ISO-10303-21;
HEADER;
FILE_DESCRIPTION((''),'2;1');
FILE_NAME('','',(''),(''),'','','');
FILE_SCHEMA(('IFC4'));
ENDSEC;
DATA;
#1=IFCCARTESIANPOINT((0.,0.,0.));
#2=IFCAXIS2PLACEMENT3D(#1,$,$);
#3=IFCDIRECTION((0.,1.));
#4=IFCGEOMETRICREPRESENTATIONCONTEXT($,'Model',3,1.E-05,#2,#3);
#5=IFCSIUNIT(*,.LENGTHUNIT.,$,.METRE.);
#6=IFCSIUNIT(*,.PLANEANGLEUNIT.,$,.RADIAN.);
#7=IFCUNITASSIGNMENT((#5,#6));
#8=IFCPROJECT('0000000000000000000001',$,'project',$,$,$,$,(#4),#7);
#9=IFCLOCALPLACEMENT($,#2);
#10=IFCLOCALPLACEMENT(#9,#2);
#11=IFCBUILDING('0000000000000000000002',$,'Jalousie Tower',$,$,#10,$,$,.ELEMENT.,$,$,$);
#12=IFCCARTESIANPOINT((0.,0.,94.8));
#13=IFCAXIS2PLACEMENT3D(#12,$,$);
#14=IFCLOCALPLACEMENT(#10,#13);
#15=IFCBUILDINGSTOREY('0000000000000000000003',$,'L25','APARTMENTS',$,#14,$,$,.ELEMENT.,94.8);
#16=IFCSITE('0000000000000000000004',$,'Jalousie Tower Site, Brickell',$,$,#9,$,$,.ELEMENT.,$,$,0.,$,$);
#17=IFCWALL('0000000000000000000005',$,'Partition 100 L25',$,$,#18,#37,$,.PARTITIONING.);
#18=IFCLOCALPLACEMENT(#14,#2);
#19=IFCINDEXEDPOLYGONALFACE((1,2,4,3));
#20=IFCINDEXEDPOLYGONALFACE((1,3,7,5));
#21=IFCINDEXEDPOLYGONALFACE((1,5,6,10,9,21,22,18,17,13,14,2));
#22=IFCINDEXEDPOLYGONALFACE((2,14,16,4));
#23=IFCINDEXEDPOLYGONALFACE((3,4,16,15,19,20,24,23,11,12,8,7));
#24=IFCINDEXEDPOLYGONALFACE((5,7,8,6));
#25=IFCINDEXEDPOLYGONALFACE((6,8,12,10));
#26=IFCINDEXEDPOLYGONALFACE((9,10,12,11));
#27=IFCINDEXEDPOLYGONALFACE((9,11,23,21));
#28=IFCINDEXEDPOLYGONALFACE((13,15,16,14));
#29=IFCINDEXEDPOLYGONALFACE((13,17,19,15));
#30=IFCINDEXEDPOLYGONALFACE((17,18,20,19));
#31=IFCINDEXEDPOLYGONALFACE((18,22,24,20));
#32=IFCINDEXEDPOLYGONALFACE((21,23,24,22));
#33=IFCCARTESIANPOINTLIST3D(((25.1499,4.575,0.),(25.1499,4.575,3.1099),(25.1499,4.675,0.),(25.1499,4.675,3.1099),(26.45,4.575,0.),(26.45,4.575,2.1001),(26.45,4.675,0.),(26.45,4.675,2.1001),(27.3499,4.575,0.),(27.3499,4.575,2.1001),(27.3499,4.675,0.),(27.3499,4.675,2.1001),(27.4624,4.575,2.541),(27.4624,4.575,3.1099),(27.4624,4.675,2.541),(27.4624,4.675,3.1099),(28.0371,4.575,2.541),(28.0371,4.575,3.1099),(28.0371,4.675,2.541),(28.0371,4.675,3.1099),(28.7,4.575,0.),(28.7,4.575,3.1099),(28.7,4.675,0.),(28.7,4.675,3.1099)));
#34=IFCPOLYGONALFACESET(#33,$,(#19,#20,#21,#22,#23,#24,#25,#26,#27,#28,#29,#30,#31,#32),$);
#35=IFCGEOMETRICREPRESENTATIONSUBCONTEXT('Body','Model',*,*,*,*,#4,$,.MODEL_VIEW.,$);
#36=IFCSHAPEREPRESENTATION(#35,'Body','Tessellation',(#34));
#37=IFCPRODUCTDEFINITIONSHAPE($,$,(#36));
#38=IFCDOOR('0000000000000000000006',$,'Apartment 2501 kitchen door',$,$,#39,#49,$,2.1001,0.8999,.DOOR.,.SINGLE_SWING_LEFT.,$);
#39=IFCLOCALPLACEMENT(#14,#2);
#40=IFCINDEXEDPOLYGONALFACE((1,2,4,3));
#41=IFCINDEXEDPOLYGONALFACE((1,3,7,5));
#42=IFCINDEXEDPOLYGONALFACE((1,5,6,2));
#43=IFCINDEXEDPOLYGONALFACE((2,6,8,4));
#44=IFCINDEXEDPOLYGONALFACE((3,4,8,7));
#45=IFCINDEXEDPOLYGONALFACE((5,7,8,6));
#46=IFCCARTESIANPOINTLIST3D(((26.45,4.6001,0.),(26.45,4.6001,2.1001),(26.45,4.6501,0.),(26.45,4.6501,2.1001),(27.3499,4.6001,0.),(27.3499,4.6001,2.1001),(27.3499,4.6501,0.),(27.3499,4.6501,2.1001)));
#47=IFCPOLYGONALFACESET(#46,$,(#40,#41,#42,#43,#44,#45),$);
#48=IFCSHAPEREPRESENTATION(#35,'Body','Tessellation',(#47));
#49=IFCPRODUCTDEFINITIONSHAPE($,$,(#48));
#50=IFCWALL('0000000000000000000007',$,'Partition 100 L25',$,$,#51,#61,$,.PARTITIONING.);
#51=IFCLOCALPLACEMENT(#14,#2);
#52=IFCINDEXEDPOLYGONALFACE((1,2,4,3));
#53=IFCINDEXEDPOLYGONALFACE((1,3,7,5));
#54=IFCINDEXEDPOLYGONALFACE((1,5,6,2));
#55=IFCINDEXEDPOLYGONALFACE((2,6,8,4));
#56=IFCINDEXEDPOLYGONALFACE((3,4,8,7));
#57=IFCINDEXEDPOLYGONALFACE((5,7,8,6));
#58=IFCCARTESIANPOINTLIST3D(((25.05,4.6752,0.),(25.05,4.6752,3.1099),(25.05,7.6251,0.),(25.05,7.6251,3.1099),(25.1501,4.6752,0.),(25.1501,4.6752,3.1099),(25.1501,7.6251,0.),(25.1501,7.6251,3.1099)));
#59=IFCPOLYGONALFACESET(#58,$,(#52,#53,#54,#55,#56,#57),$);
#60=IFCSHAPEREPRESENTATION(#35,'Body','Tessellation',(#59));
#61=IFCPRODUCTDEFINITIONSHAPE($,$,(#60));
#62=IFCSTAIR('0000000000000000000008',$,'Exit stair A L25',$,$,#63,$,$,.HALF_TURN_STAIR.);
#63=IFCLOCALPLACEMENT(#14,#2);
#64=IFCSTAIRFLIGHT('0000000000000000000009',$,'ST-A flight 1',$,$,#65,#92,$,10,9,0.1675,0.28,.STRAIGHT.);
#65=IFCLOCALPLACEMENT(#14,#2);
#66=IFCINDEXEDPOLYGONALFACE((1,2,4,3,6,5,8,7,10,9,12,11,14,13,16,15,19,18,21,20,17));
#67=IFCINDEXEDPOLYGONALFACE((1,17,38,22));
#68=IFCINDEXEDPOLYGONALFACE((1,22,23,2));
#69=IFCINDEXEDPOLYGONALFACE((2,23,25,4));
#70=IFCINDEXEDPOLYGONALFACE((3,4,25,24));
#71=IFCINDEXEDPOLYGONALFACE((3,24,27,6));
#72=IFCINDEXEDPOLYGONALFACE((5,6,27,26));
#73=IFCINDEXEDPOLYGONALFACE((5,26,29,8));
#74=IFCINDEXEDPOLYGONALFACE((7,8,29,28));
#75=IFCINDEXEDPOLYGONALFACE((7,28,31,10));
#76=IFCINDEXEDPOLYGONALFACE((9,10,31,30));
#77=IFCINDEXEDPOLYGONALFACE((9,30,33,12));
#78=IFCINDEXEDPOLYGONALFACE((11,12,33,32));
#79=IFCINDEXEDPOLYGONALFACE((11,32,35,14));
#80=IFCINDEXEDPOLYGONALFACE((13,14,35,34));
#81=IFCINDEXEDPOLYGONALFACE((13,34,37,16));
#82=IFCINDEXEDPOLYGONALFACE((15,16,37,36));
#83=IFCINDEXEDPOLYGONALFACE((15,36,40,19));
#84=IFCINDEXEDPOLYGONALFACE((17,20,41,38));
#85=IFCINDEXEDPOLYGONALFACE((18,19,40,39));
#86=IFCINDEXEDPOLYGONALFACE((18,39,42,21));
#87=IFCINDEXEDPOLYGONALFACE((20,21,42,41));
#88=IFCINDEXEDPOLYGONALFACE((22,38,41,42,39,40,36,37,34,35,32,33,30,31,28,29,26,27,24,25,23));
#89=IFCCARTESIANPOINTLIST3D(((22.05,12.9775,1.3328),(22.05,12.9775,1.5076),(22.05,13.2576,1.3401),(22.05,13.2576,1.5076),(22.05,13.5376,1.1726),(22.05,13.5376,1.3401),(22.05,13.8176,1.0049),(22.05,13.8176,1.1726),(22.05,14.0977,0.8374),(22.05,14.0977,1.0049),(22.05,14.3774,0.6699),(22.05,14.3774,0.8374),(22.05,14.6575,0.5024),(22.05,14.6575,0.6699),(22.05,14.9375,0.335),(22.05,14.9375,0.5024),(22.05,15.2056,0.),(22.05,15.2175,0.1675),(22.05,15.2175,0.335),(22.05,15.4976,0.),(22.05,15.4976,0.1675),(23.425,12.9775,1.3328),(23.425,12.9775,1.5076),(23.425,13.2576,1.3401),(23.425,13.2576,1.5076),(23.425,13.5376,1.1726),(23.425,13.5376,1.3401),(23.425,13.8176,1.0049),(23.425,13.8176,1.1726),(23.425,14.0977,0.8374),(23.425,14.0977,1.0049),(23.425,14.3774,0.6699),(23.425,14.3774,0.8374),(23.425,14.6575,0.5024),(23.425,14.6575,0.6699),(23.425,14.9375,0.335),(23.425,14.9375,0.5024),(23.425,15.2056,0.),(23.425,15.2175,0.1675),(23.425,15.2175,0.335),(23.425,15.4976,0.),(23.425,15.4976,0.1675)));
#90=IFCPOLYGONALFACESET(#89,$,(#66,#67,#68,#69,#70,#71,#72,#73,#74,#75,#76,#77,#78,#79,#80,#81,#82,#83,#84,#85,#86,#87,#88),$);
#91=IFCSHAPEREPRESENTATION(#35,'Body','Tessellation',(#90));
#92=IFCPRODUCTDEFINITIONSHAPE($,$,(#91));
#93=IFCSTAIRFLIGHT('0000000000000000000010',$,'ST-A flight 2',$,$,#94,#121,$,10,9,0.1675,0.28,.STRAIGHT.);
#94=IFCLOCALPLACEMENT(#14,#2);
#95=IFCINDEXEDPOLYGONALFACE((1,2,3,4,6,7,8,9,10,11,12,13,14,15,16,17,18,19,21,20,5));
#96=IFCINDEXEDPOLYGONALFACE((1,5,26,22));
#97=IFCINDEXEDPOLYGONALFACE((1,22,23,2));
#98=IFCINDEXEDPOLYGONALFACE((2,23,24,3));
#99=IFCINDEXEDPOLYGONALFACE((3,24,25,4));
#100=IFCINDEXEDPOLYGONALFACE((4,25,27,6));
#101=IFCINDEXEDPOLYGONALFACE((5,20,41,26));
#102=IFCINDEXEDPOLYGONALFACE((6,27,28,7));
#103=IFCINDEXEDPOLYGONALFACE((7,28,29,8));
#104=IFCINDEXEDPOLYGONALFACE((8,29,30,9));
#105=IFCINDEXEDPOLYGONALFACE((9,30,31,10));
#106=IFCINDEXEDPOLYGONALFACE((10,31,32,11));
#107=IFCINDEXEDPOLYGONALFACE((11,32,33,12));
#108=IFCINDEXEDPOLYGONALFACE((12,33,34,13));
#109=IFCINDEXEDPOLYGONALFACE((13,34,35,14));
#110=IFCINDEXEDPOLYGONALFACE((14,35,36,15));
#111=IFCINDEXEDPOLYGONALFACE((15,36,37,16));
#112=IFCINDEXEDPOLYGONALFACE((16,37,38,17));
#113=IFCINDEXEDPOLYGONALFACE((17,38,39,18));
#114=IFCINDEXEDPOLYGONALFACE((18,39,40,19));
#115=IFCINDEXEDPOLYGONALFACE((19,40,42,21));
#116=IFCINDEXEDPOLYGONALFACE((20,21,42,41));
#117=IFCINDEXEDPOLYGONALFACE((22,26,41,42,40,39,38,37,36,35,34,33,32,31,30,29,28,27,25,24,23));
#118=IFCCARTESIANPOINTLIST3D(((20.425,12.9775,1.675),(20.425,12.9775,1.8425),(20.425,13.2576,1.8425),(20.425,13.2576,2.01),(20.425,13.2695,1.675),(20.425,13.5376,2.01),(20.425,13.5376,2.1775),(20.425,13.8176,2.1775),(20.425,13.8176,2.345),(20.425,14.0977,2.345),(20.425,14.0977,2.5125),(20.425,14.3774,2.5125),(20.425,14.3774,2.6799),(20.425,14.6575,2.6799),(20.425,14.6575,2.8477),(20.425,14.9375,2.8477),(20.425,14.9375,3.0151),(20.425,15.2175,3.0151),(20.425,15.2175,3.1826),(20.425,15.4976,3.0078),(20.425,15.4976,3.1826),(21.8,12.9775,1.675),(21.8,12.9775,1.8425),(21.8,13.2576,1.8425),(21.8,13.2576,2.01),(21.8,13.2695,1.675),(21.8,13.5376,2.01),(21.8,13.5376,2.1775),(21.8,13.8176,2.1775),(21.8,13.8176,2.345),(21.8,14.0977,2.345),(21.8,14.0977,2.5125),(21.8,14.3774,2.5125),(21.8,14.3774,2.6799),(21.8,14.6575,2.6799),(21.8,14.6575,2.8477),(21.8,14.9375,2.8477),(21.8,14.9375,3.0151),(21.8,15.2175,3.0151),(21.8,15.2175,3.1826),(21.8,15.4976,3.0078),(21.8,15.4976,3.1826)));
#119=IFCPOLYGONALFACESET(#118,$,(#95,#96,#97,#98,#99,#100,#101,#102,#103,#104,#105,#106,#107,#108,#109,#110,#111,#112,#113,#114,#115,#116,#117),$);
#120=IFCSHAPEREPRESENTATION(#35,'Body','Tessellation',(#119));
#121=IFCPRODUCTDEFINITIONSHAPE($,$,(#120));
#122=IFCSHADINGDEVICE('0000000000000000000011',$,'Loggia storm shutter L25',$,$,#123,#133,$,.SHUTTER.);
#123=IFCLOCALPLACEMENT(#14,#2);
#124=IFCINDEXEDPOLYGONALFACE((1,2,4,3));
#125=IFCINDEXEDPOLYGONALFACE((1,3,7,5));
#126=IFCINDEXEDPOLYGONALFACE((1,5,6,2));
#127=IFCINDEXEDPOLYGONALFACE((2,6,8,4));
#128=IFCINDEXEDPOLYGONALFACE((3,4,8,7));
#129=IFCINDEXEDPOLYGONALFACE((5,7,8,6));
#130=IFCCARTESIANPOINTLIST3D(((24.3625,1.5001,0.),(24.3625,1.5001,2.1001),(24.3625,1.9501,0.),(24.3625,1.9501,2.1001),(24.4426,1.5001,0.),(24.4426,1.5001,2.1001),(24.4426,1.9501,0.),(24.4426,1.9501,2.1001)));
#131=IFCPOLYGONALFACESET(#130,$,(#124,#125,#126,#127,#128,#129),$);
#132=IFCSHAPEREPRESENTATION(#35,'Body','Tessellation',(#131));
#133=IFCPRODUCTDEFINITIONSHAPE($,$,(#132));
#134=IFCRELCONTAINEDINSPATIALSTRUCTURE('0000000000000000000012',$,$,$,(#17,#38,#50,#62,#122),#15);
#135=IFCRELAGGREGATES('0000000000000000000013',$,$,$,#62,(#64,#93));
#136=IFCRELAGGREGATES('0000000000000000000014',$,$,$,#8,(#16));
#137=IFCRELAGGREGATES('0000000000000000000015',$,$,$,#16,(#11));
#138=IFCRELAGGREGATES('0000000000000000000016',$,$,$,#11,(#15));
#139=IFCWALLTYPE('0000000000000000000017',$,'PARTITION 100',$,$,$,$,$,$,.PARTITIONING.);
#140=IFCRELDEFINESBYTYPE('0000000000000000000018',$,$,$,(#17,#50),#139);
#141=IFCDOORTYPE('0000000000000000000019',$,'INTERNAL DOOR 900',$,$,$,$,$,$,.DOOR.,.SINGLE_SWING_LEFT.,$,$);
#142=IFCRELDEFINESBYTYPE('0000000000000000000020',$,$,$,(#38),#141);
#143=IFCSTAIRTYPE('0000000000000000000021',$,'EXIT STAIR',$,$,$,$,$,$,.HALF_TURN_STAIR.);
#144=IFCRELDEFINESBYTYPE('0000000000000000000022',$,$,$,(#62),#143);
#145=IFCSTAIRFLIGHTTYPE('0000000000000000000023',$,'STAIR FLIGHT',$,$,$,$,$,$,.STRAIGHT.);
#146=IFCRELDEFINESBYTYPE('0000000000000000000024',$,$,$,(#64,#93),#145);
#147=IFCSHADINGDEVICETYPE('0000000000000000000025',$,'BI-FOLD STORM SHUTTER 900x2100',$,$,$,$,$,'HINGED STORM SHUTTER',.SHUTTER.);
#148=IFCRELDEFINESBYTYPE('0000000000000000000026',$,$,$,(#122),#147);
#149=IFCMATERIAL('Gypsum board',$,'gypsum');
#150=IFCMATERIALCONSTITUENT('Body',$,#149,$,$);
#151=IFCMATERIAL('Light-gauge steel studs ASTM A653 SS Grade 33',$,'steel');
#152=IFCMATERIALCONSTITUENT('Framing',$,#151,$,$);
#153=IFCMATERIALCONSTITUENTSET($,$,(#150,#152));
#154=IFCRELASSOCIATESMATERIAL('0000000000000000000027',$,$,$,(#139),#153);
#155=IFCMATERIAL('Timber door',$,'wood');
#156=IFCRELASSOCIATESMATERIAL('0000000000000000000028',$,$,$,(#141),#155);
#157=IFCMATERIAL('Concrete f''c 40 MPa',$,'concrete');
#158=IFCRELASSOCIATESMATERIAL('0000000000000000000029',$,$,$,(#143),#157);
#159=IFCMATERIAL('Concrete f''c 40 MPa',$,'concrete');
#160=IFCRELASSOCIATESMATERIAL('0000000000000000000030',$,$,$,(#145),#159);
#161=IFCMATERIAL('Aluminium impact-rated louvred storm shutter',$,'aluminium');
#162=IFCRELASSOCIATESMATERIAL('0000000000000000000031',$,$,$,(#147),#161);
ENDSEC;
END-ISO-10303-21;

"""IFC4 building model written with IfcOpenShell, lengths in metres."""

from ifc_helpers import new_model, si_unit, direction, frame, frame_2d, origin, origin_2d, place, context, subcontext, project, spatial, polyline, rectangle, outline, extrude, material, constituent, constituent_set, type_object, element, fill, aggregate, save


model = new_model("IFC4")

# Units and contexts
model_context = context("Model", 3, precision=1e-05, world=origin(), true_north=direction((0.0, 1.0)))
body_context = subcontext(model_context, "Body", "Model", "MODEL_VIEW")
ifc_project = project(units=[si_unit("LENGTHUNIT", "METRE"), si_unit("PLANEANGLEUNIT", "RADIAN")], contexts=[model_context])

# Site, building, storey
site_placement = place(None, origin())
site = spatial("IfcSite", under=ifc_project, at=site_placement, Name="Jalousie Tower Site, Brickell", CompositionType="ELEMENT", RefElevation=0.0)
building_placement = place(site_placement, origin())
building = spatial("IfcBuilding", under=site, at=building_placement, Name="Jalousie Tower", CompositionType="ELEMENT")
storey_placement = place(building_placement, frame((0.0, 0.0, 94.8)))
storey = spatial("IfcBuildingStorey", under=building, at=storey_placement, Name="L25", Description="APARTMENTS", CompositionType="ELEMENT", Elevation=94.8)

# Wall, opening, door
ifc_material_1 = material(Name="Gypsum board", Category="gypsum")
ifc_constituent_1 = constituent(ifc_material_1, Name="Body")
ifc_material_2 = material(Name="Light-gauge steel studs ASTM A653 SS Grade 33", Category="steel")
ifc_constituent_2 = constituent(ifc_material_2, Name="Framing")
ifc_constituent_set_1 = constituent_set(constituents=[ifc_constituent_1, ifc_constituent_2])
wall_type_1 = type_object("IfcWallType", Name="PARTITION 100", PredefinedType="PARTITIONING", material=ifc_constituent_set_1)
wall_1_placement = place(storey_placement, frame((25.1499, 4.625, 0.0), z_axis=(0.0, 0.0, 1.0), x_axis=(1.0, 0.0, 0.0)))
wall_1 = element("IfcWall", 1, at=wall_1_placement, inside=storey, type_object=wall_type_1, Name="Partition 100 L25", PredefinedType="PARTITIONING", context=body_context, shape_type="SweptSolid", body=[
    extrude(outline(polyline([(0.0, 0.0), (3.55, 0.0), (3.55, 3.1099), (2.8872, 3.1099), (2.8872, 2.541), (2.3125, 2.541), (2.3125, 3.1099), (0.0, 3.1099), (0.0, 0.0)])), frame((0.0, 0.05, 0.0), z_axis=(0.0, -1.0, 0.0), x_axis=(1.0, 0.0, 0.0)), (0.0, 0.0, 1.0), 0.1001),
])
opening_1_placement = place(wall_1_placement, frame((1.3, 0.0, 0.0)))
opening_1 = element("IfcOpeningElement", 2, at=opening_1_placement, cuts=wall_1, PredefinedType="OPENING", context=body_context, shape_type="SweptSolid", body=[
    extrude(rectangle(XDim=0.8999, YDim=2.1001, at=frame_2d((0.45, 1.05))), frame((0.0, 0.0601, 0.0), z_axis=(0.0, -1.0, 0.0), x_axis=(1.0, 0.0, 0.0)), (0.0, 0.0, 1.0), 0.1201),
])
ifc_material_3 = material(Name="Timber door", Category="wood")
door_type_1 = type_object("IfcDoorType", Name="INTERNAL DOOR 900", OperationType="SINGLE_SWING_LEFT", PredefinedType="DOOR", material=ifc_material_3)
door_1_placement = place(opening_1_placement, frame((0.8999, 0.0, 0.0), z_axis=(0.0, 0.0, 1.0), x_axis=(-1.0, 0.0, 0.0)))
door_1 = element("IfcDoor", 3, at=door_1_placement, inside=storey, type_object=door_type_1, Name="Apartment 2501 kitchen door", OperationType="SINGLE_SWING_LEFT", OverallHeight=2.1001, OverallWidth=0.8999, PredefinedType="DOOR", context=body_context, shape_type="SweptSolid", body=[
    extrude(rectangle(XDim=0.8999, YDim=2.1001, at=frame_2d((0.45, 1.05))), frame((0.0, 0.0249, 0.0), z_axis=(0.0, -1.0, 0.0), x_axis=(1.0, 0.0, 0.0)), (0.0, 0.0, 1.0), 0.05),
])
fill(opening_1, door_1)

# Wall
wall_2_placement = place(storey_placement, frame((25.1001, 4.675, 0.0), z_axis=(0.0, 0.0, 1.0), x_axis=(0.0, 1.0, 0.0)))
element("IfcWall", 4, at=wall_2_placement, inside=storey, type_object=wall_type_1, Name="Partition 100 L25", PredefinedType="PARTITIONING", context=body_context, shape_type="SweptSolid", body=[
    extrude(rectangle(XDim=2.95, YDim=0.1001, at=frame_2d((1.4751, 0.0))), origin(), (0.0, 0.0, 1.0), 3.1099),
])

# Stair, stair flights
ifc_material_4 = material(Name="Concrete f'c 40 MPa", Category="concrete")
stair_type = type_object("IfcStairType", Name="EXIT STAIR", PredefinedType="HALF_TURN_STAIR", material=ifc_material_4)
stair_placement = place(storey_placement, origin())
stair = element("IfcStair", 5, at=stair_placement, inside=storey, type_object=stair_type, Name="Exit stair A L25", PredefinedType="HALF_TURN_STAIR")
ifc_material_5 = material(Name="Concrete f'c 40 MPa", Category="concrete")
stair_flight_type = type_object("IfcStairFlightType", Name="STAIR FLIGHT", PredefinedType="STRAIGHT", material=ifc_material_5)
stair_flight_1_placement = place(storey_placement, frame((22.7375, 15.4976, 0.0), z_axis=(0.0, 0.0, 1.0), x_axis=(0.0, -1.0, 0.0)))
stair_flight_1 = element("IfcStairFlight", 6, at=stair_flight_1_placement, type_object=stair_flight_type, Name="ST-A flight 1", NumberOfRisers=10, NumberOfTreads=9, PredefinedType="STRAIGHT", RiserHeight=0.1675, TreadLength=0.28, context=body_context, shape_type="SweptSolid", body=[
    extrude(outline(polyline([(0.0, 0.0), (0.0, 0.1675), (0.28, 0.1675), (0.28, 0.335), (0.5601, 0.335), (0.5601, 0.5024), (0.8401, 0.5024), (0.8401, 0.6699), (1.1201, 0.6699), (1.1201, 0.8374), (1.3999, 0.8374), (1.3999, 1.0049), (1.6799, 1.0049), (1.6799, 1.1726), (1.96, 1.1726), (1.96, 1.3401), (2.24, 1.3401), (2.24, 1.5076), (2.52, 1.5076), (2.52, 1.675), (2.52, 1.3328), (0.292, 0.0), (0.0, 0.0)])), frame((0.0, 0.6875, 0.0), z_axis=(0.0, -1.0, 0.0), x_axis=(1.0, 0.0, 0.0)), (0.0, 0.0, 1.0), 1.375),
])
stair_flight_2_placement = place(storey_placement, frame((21.1125, 12.9775, 1.675), z_axis=(0.0, 0.0, 1.0), x_axis=(0.0, 1.0, 0.0)))
stair_flight_2 = element("IfcStairFlight", 7, at=stair_flight_2_placement, type_object=stair_flight_type, Name="ST-A flight 2", NumberOfRisers=10, NumberOfTreads=9, PredefinedType="STRAIGHT", RiserHeight=0.1675, TreadLength=0.28, context=body_context, shape_type="SweptSolid", body=[
    extrude(outline(polyline([(0.0, 0.0), (0.0, 0.1675), (0.28, 0.1675), (0.28, 0.335), (0.5601, 0.335), (0.5601, 0.5024), (0.8401, 0.5024), (0.8401, 0.6699), (1.1201, 0.6699), (1.1201, 0.8374), (1.3999, 0.8374), (1.3999, 1.0049), (1.6799, 1.0049), (1.6799, 1.1726), (1.96, 1.1726), (1.96, 1.3401), (2.24, 1.3401), (2.24, 1.5076), (2.52, 1.5076), (2.52, 1.675), (2.52, 1.3328), (0.292, 0.0), (0.0, 0.0)])), frame((0.0, 0.6875, 0.0), z_axis=(0.0, -1.0, 0.0), x_axis=(1.0, 0.0, 0.0)), (0.0, 0.0, 1.0), 1.375),
])
aggregate(stair, [stair_flight_1, stair_flight_2])

# Shading device
ifc_material_6 = material(Name="Aluminium impact-rated louvred storm shutter", Category="aluminium")
shading_device_type = type_object("IfcShadingDeviceType", Name="BI-FOLD STORM SHUTTER 900x2100", ElementType="HINGED STORM SHUTTER", PredefinedType="SHUTTER", material=ifc_material_6)
shading_device_placement = place(storey_placement, frame((24.4026, 1.7251, 0.0), z_axis=(0.0, 0.0, 1.0), x_axis=(0.0, 1.0, 0.0)))
element("IfcShadingDevice", 8, at=shading_device_placement, inside=storey, type_object=shading_device_type, Name="Loggia storm shutter L25", PredefinedType="SHUTTER", context=body_context, shape_type="SweptSolid", body=[
    extrude(rectangle(XDim=0.45, YDim=0.0801, at=origin_2d()), origin(), (0.0, 0.0, 1.0), 2.1001),
])

save(model, "model.ifc")
